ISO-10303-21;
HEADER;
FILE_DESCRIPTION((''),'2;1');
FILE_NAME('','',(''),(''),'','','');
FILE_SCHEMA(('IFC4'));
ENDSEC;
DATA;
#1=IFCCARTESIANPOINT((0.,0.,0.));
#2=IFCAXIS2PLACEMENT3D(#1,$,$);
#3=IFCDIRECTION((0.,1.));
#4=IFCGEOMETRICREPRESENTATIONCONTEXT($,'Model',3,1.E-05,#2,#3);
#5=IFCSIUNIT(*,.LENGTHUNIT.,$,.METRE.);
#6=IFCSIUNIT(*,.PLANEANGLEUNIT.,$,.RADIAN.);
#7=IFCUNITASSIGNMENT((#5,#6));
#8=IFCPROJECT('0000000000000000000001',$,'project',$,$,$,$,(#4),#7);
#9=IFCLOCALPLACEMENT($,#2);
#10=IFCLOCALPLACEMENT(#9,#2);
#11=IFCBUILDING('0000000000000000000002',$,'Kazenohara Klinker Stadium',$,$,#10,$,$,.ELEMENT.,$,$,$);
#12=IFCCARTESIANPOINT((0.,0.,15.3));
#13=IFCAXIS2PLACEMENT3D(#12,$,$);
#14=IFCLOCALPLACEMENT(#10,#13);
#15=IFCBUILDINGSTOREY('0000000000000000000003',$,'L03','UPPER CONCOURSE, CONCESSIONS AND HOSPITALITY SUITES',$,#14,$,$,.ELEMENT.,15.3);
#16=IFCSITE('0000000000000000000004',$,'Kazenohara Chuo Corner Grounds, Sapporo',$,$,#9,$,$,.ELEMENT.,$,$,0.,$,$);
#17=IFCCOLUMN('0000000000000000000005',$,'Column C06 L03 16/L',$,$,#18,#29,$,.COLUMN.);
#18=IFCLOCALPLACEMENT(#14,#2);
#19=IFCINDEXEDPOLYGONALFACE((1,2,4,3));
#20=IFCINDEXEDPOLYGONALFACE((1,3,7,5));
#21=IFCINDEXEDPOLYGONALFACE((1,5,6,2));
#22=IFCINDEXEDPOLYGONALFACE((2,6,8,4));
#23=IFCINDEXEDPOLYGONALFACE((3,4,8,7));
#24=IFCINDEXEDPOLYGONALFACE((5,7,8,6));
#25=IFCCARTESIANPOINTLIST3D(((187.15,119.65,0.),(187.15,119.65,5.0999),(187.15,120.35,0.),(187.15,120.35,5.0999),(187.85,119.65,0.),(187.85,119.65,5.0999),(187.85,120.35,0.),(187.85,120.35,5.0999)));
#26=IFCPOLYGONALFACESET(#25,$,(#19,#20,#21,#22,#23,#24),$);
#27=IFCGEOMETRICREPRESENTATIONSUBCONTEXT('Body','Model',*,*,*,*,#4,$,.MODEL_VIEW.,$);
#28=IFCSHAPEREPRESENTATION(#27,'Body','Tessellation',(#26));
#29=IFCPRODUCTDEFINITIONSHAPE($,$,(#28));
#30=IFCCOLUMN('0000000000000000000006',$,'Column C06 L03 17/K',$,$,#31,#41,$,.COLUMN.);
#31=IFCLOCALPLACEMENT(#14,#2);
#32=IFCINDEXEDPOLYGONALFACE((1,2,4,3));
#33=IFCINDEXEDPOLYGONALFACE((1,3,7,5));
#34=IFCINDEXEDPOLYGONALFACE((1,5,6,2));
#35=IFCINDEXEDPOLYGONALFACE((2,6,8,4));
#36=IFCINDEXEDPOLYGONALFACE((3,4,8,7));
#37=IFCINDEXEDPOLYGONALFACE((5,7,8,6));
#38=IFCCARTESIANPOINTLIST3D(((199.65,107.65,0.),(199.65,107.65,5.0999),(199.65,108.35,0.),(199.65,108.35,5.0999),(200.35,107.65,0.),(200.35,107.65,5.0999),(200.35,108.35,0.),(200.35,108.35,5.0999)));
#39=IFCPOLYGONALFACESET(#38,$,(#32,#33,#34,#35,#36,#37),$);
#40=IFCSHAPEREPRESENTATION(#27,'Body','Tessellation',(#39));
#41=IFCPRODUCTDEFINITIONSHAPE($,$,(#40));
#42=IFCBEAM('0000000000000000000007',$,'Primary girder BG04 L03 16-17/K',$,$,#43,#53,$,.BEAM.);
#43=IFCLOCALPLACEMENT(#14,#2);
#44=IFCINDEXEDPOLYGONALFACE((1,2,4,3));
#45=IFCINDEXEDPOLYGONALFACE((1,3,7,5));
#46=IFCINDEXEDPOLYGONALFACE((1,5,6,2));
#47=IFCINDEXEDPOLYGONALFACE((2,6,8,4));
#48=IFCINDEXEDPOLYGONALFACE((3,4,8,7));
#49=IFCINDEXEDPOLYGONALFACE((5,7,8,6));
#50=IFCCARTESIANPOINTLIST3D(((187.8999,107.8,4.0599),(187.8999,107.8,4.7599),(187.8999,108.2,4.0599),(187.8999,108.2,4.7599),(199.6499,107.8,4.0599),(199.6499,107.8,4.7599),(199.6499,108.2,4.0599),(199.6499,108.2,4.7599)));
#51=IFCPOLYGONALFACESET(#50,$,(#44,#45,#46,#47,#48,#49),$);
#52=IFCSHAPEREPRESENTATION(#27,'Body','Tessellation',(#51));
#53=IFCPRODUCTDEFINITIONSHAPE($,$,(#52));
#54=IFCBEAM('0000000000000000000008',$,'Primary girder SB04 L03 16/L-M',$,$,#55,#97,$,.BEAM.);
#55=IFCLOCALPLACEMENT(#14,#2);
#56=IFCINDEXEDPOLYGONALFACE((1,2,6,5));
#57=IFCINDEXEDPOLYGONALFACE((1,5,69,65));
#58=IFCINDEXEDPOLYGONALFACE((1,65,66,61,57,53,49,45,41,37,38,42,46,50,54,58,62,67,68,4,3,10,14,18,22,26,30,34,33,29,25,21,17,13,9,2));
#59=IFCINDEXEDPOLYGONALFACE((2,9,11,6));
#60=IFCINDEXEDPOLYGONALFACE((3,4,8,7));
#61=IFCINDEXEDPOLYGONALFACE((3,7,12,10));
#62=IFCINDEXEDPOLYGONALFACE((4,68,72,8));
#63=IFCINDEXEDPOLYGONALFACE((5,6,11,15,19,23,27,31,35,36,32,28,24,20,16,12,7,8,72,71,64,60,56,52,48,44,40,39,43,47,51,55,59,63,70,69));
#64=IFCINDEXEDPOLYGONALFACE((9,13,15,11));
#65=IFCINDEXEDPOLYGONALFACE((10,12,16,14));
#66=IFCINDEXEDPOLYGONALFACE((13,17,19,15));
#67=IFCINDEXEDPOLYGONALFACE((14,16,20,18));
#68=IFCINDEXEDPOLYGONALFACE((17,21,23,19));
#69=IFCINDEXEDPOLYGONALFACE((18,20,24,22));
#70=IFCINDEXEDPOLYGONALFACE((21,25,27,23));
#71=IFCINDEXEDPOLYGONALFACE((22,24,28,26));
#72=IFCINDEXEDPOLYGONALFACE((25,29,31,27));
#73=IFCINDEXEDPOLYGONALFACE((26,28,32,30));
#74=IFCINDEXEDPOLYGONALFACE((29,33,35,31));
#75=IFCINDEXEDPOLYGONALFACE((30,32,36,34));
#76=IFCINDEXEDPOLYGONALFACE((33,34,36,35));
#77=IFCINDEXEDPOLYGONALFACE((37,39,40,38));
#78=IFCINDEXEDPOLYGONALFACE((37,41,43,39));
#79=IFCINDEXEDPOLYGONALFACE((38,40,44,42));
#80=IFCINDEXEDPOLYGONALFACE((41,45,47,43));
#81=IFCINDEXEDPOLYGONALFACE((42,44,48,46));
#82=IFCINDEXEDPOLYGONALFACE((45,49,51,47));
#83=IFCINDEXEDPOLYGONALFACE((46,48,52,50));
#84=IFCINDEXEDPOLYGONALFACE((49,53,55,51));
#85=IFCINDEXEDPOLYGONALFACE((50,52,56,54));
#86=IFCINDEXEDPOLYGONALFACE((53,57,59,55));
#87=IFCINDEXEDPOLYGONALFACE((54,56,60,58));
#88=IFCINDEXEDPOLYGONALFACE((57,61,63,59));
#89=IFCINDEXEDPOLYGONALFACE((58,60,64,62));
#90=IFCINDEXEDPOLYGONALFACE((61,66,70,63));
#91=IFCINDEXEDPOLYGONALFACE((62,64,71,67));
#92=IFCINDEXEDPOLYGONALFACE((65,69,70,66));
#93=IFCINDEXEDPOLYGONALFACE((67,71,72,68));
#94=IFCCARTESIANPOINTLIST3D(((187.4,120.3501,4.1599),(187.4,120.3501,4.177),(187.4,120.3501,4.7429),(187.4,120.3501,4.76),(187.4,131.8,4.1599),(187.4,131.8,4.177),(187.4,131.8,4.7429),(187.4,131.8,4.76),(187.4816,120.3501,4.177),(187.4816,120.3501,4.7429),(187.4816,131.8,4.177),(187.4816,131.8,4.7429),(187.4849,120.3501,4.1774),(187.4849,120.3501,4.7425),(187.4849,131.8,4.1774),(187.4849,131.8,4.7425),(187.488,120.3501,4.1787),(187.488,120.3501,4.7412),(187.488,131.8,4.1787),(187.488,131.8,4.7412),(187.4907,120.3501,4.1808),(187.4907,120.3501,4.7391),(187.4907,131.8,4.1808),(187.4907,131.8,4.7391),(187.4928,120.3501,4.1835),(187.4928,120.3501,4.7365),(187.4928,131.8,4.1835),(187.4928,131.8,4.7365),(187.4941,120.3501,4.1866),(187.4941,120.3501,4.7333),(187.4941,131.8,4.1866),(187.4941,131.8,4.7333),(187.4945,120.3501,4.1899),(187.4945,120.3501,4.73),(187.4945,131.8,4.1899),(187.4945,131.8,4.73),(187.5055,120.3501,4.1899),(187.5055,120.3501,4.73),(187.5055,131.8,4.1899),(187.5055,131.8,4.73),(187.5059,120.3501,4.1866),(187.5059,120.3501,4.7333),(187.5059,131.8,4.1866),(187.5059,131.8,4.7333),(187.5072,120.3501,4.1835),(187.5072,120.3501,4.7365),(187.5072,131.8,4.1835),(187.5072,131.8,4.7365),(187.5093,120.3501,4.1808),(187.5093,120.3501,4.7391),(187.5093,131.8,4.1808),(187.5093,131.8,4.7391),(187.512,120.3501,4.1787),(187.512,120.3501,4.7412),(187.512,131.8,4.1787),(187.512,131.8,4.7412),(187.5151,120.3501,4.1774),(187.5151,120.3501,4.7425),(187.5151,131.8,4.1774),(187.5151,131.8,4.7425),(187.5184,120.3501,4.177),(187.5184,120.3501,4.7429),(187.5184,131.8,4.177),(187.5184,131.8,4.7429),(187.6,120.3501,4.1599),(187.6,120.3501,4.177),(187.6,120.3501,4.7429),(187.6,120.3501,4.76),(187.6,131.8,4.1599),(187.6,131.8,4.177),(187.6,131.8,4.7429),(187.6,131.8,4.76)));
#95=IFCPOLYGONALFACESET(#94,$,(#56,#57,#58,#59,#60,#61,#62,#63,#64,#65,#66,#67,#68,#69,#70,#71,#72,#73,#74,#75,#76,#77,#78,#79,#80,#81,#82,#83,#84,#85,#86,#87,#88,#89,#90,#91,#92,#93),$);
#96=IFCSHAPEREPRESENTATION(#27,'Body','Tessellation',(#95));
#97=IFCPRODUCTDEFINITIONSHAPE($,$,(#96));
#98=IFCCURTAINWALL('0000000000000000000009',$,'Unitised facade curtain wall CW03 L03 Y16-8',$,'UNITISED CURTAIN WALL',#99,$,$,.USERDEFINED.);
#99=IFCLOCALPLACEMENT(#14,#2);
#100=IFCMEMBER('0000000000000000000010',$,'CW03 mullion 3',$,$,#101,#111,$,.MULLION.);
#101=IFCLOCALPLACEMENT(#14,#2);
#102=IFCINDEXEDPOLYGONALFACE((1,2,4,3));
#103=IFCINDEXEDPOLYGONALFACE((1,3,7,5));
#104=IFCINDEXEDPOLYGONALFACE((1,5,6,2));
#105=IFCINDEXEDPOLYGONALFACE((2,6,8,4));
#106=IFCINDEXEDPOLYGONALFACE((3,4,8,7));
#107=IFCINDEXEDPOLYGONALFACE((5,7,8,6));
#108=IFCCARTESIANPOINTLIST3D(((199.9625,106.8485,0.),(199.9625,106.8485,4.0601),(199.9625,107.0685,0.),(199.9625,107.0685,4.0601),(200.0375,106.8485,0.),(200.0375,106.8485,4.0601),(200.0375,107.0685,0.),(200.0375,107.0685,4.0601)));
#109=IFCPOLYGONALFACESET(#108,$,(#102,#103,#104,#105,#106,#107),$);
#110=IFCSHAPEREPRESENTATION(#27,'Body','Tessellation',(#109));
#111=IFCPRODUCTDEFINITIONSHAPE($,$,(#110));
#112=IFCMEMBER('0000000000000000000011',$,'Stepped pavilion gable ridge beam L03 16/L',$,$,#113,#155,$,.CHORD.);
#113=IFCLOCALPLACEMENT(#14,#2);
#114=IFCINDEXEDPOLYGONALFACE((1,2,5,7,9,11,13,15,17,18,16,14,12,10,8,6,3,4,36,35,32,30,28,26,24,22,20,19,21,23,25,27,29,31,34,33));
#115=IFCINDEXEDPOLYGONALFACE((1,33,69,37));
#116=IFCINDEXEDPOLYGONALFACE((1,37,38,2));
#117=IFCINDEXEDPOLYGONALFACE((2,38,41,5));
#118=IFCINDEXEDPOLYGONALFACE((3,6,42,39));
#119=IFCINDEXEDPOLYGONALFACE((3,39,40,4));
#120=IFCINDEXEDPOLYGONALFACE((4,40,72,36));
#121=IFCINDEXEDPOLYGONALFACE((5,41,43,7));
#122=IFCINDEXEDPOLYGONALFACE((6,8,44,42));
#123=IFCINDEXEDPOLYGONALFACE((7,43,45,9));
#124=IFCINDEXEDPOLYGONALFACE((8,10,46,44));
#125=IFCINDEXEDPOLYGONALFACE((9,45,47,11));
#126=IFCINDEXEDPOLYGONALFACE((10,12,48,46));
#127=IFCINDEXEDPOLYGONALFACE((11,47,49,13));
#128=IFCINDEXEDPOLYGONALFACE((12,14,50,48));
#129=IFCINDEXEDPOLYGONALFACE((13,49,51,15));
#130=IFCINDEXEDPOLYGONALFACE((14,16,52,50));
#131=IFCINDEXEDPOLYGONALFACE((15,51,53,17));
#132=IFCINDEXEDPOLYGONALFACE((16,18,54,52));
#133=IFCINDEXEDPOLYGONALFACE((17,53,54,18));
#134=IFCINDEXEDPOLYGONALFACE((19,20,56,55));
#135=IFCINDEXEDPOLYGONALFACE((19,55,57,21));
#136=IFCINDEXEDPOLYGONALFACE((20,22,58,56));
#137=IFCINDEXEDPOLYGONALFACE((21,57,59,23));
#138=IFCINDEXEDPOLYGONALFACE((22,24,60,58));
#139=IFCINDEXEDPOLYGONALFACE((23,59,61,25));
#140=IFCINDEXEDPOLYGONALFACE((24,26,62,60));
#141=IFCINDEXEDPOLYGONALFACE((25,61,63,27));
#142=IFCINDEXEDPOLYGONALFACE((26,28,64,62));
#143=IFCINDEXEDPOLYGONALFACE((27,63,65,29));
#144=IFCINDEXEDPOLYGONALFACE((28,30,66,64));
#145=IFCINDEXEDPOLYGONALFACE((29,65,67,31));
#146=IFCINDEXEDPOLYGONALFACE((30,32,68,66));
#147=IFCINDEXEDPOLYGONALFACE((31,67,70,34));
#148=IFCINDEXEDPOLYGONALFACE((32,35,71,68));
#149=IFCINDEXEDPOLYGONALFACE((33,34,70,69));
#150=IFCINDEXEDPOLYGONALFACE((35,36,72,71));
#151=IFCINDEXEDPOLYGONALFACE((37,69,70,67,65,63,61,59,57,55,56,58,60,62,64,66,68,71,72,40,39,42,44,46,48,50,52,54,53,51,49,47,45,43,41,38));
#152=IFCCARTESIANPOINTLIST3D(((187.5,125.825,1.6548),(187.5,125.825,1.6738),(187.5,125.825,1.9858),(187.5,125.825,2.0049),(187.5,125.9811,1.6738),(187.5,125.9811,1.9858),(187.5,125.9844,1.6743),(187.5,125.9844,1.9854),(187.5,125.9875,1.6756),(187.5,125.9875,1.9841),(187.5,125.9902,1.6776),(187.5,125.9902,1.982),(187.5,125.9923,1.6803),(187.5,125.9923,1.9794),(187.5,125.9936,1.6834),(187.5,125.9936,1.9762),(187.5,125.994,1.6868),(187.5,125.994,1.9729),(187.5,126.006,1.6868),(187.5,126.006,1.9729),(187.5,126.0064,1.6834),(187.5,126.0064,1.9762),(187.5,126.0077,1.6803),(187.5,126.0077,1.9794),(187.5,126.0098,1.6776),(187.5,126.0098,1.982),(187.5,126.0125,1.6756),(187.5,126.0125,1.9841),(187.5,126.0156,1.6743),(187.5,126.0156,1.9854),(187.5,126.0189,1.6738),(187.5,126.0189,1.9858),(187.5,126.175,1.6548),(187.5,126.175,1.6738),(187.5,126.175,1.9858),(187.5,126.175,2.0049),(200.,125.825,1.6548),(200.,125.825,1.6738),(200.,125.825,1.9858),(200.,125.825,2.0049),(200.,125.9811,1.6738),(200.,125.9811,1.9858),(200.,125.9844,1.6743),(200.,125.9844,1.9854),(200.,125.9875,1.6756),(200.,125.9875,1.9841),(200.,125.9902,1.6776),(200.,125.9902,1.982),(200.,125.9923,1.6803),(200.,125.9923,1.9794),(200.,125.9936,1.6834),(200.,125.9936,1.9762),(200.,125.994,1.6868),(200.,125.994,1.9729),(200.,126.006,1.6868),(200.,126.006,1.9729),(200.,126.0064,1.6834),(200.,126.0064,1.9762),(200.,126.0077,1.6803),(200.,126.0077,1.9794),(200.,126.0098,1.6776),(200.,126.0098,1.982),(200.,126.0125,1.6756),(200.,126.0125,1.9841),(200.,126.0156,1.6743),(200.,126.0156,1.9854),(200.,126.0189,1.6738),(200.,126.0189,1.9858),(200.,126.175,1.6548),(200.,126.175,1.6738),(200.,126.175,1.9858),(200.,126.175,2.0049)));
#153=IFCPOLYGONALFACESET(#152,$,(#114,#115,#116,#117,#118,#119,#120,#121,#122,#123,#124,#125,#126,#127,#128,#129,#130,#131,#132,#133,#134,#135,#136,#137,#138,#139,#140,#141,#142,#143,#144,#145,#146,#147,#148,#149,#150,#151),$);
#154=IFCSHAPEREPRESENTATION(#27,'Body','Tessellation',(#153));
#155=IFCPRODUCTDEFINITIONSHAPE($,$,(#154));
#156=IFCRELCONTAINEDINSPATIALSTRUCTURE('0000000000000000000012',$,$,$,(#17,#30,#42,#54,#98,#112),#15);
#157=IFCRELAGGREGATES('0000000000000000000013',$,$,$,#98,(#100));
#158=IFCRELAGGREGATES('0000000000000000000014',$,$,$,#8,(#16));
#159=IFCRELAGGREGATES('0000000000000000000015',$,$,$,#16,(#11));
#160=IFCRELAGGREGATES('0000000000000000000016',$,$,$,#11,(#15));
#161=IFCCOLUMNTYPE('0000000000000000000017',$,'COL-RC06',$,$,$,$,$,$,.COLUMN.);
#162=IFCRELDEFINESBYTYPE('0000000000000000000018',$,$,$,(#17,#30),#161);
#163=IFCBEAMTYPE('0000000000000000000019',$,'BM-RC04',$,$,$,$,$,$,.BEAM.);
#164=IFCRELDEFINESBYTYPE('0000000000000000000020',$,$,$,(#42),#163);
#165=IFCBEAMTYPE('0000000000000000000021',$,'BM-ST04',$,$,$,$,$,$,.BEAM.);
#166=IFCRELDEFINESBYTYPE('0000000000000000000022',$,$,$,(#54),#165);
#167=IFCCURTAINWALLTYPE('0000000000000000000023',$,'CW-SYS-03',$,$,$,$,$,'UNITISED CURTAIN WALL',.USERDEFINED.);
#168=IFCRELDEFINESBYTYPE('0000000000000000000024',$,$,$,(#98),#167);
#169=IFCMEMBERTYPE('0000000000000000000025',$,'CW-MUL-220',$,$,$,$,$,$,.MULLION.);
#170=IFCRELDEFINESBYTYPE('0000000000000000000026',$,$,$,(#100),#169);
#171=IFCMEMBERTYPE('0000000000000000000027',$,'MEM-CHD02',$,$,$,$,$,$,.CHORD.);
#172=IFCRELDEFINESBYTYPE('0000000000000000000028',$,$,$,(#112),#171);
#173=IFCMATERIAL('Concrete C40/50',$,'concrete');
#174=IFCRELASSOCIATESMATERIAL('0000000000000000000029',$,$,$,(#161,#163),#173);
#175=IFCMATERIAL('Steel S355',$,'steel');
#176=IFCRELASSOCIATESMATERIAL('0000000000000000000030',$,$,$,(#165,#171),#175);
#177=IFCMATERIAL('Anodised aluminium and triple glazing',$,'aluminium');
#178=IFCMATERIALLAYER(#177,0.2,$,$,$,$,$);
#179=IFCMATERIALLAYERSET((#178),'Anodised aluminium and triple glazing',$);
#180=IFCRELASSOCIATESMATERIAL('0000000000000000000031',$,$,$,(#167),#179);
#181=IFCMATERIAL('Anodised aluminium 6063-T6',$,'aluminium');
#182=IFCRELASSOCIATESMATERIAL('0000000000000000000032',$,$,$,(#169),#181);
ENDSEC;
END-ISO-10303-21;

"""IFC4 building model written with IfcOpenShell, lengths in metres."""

from ifc_helpers import new_model, si_unit, direction, frame, origin, origin_2d, place, context, subcontext, project, spatial, rectangle, i_section, extrude, material, layer, layer_set, material_profile, profile_set, type_object, element, aggregate, save


model = new_model("IFC4")

# Units and contexts
model_context = context("Model", 3, precision=1e-05, world=origin(), true_north=direction((0.0, 1.0)))
body_context = subcontext(model_context, "Body", "Model", "MODEL_VIEW")
ifc_project = project(units=[si_unit("LENGTHUNIT", "METRE"), si_unit("PLANEANGLEUNIT", "RADIAN")], contexts=[model_context])

# Site, building, storey
site_placement = place(None, origin())
site = spatial("IfcSite", under=ifc_project, at=site_placement, Name="Kazenohara Chuo Corner Grounds, Sapporo", CompositionType="ELEMENT", RefElevation=0.0)
building_placement = place(site_placement, origin())
building = spatial("IfcBuilding", under=site, at=building_placement, Name="Kazenohara Klinker Stadium", CompositionType="ELEMENT")
storey_placement = place(building_placement, frame((0.0, 0.0, 15.3)))
storey = spatial("IfcBuildingStorey", under=building, at=storey_placement, Name="L03", Description="UPPER CONCOURSE, CONCESSIONS AND HOSPITALITY SUITES", CompositionType="ELEMENT", Elevation=15.3)

# Columns
ifc_material_1 = material(Name="Concrete C40/50", Category="concrete")
ifc_material_profile_1 = material_profile(ifc_material_1, rectangle(XDim=0.7, YDim=0.7, at=origin_2d()), Name="RC-COL-700x700")
ifc_profile_set_1 = profile_set([ifc_material_profile_1], Name="Concrete C40/50")
column_type = type_object("IfcColumnType", Name="COL-RC06", PredefinedType="COLUMN", material=ifc_profile_set_1)
for number, where, z_axis, x_axis, name in (
    (1, (187.5, 120.0, 0.0), (0.0, 0.0, 1.0), (1.0, 0.0, 0.0), "Column C06 L03 16/L"),
    (2, (200.0, 108.0, 0.0), (0.0, 0.0, 1.0), (1.0, 0.0, 0.0), "Column C06 L03 17/K"),
):
    element("IfcColumn", number, at=place(storey_placement, frame(where, z_axis=z_axis, x_axis=x_axis)), inside=storey, type_object=column_type, Name=name, PredefinedType="COLUMN", context=body_context, shape_type="SweptSolid", body=[
        extrude(rectangle(XDim=0.7, YDim=0.7, at=origin_2d()), origin(), (0.0, 0.0, 1.0), 5.0999),
    ])

# Beams
ifc_material_profile_2 = material_profile(ifc_material_1, rectangle(XDim=0.3999, YDim=0.7, at=origin_2d()), Name="RC-BM-400x700")
ifc_profile_set_2 = profile_set([ifc_material_profile_2], Name="Concrete C40/50")
beam_type_1 = type_object("IfcBeamType", Name="BM-RC04", PredefinedType="BEAM", material=ifc_profile_set_2)
beam_1_placement = place(storey_placement, frame((187.8999, 108.0, 4.4099), z_axis=(1.0, 0.0, 0.0), x_axis=(0.0, 1.0, 0.0)))
element("IfcBeam", 3, at=beam_1_placement, inside=storey, type_object=beam_type_1, Name="Primary girder BG04 L03 16-17/K", PredefinedType="BEAM", context=body_context, shape_type="SweptSolid", body=[
    extrude(rectangle(XDim=0.3999, YDim=0.7, at=origin_2d()), origin(), (0.0, 0.0, 1.0), 11.75),
])
ifc_material_2 = material(Name="Steel S355", Category="steel")
ifc_material_profile_3 = material_profile(ifc_material_2, i_section(OverallWidth=0.2, OverallDepth=0.6001, WebThickness=0.011, FlangeThickness=0.0171, FilletRadius=0.0129, at=origin_2d()), Name="H-600x200x11x17")
ifc_profile_set_3 = profile_set([ifc_material_profile_3], Name="Steel S355")
beam_type_2 = type_object("IfcBeamType", Name="BM-ST04", PredefinedType="BEAM", material=ifc_profile_set_3)
beam_2_placement = place(storey_placement, frame((187.5, 120.3501, 4.46), z_axis=(0.0, 1.0, 0.0), x_axis=(-1.0, 0.0, 0.0)))
element("IfcBeam", 4, at=beam_2_placement, inside=storey, type_object=beam_type_2, Name="Primary girder SB04 L03 16/L-M", PredefinedType="BEAM", context=body_context, shape_type="SweptSolid", body=[
    extrude(i_section(OverallWidth=0.2, OverallDepth=0.6001, WebThickness=0.011, FlangeThickness=0.0171, FilletRadius=0.0129, at=origin_2d()), origin(), (0.0, 0.0, 1.0), 11.45),
])

# Curtain wall, member
ifc_material_3 = material(Name="Anodised aluminium and triple glazing", Category="aluminium")
ifc_layer_1 = layer(ifc_material_3, 0.2)
ifc_layer_set_1 = layer_set([ifc_layer_1], Name="Anodised aluminium and triple glazing")
curtain_wall_type = type_object("IfcCurtainWallType", Name="CW-SYS-03", ElementType="UNITISED CURTAIN WALL", PredefinedType="USERDEFINED", material=ifc_layer_set_1)
curtain_wall_placement = place(storey_placement, origin())
curtain_wall = element("IfcCurtainWall", 5, at=curtain_wall_placement, inside=storey, type_object=curtain_wall_type, Name="Unitised facade curtain wall CW03 L03 Y16-8", ObjectType="UNITISED CURTAIN WALL", PredefinedType="USERDEFINED")
ifc_material_4 = material(Name="Anodised aluminium 6063-T6", Category="aluminium")
ifc_material_profile_4 = material_profile(ifc_material_4, rectangle(XDim=0.075, YDim=0.22, at=origin_2d()), Name="ALU-MUL-75x220")
ifc_profile_set_4 = profile_set([ifc_material_profile_4], Name="Anodised aluminium 6063-T6")
member_type_1 = type_object("IfcMemberType", Name="CW-MUL-220", PredefinedType="MULLION", material=ifc_profile_set_4)
member_1_placement = place(storey_placement, frame((200.0, 106.9585, 0.0), z_axis=(0.0, 0.0, 1.0), x_axis=(-1.0, 0.0, 0.0)))
member_1 = element("IfcMember", 6, at=member_1_placement, type_object=member_type_1, Name="CW03 mullion 3", PredefinedType="MULLION", context=body_context, shape_type="SweptSolid", body=[
    extrude(rectangle(XDim=0.075, YDim=0.22, at=origin_2d()), origin(), (0.0, 0.0, 1.0), 4.0601),
])
aggregate(curtain_wall, [member_1])

# Member
ifc_material_profile_5 = material_profile(ifc_material_2, i_section(OverallWidth=0.3501, OverallDepth=0.3501, WebThickness=0.012, FlangeThickness=0.019, FilletRadius=0.0129, at=origin_2d()), Name="H-350x350x12x19")
ifc_profile_set_5 = profile_set([ifc_material_profile_5], Name="Steel S355")
member_type_2 = type_object("IfcMemberType", Name="MEM-CHD02", PredefinedType="CHORD", material=ifc_profile_set_5)
member_2_placement = place(storey_placement, frame((187.5, 126.0, 1.8298), z_axis=(1.0, 0.0, 0.0), x_axis=(0.0, 1.0, 0.0)))
element("IfcMember", 7, at=member_2_placement, inside=storey, type_object=member_type_2, Name="Stepped pavilion gable ridge beam L03 16/L", PredefinedType="CHORD", context=body_context, shape_type="SweptSolid", body=[
    extrude(i_section(OverallWidth=0.3501, OverallDepth=0.3501, WebThickness=0.012, FlangeThickness=0.019, FilletRadius=0.0129, at=origin_2d()), origin(), (0.0, 0.0, 1.0), 12.5),
])

save(model, "model.ifc")
